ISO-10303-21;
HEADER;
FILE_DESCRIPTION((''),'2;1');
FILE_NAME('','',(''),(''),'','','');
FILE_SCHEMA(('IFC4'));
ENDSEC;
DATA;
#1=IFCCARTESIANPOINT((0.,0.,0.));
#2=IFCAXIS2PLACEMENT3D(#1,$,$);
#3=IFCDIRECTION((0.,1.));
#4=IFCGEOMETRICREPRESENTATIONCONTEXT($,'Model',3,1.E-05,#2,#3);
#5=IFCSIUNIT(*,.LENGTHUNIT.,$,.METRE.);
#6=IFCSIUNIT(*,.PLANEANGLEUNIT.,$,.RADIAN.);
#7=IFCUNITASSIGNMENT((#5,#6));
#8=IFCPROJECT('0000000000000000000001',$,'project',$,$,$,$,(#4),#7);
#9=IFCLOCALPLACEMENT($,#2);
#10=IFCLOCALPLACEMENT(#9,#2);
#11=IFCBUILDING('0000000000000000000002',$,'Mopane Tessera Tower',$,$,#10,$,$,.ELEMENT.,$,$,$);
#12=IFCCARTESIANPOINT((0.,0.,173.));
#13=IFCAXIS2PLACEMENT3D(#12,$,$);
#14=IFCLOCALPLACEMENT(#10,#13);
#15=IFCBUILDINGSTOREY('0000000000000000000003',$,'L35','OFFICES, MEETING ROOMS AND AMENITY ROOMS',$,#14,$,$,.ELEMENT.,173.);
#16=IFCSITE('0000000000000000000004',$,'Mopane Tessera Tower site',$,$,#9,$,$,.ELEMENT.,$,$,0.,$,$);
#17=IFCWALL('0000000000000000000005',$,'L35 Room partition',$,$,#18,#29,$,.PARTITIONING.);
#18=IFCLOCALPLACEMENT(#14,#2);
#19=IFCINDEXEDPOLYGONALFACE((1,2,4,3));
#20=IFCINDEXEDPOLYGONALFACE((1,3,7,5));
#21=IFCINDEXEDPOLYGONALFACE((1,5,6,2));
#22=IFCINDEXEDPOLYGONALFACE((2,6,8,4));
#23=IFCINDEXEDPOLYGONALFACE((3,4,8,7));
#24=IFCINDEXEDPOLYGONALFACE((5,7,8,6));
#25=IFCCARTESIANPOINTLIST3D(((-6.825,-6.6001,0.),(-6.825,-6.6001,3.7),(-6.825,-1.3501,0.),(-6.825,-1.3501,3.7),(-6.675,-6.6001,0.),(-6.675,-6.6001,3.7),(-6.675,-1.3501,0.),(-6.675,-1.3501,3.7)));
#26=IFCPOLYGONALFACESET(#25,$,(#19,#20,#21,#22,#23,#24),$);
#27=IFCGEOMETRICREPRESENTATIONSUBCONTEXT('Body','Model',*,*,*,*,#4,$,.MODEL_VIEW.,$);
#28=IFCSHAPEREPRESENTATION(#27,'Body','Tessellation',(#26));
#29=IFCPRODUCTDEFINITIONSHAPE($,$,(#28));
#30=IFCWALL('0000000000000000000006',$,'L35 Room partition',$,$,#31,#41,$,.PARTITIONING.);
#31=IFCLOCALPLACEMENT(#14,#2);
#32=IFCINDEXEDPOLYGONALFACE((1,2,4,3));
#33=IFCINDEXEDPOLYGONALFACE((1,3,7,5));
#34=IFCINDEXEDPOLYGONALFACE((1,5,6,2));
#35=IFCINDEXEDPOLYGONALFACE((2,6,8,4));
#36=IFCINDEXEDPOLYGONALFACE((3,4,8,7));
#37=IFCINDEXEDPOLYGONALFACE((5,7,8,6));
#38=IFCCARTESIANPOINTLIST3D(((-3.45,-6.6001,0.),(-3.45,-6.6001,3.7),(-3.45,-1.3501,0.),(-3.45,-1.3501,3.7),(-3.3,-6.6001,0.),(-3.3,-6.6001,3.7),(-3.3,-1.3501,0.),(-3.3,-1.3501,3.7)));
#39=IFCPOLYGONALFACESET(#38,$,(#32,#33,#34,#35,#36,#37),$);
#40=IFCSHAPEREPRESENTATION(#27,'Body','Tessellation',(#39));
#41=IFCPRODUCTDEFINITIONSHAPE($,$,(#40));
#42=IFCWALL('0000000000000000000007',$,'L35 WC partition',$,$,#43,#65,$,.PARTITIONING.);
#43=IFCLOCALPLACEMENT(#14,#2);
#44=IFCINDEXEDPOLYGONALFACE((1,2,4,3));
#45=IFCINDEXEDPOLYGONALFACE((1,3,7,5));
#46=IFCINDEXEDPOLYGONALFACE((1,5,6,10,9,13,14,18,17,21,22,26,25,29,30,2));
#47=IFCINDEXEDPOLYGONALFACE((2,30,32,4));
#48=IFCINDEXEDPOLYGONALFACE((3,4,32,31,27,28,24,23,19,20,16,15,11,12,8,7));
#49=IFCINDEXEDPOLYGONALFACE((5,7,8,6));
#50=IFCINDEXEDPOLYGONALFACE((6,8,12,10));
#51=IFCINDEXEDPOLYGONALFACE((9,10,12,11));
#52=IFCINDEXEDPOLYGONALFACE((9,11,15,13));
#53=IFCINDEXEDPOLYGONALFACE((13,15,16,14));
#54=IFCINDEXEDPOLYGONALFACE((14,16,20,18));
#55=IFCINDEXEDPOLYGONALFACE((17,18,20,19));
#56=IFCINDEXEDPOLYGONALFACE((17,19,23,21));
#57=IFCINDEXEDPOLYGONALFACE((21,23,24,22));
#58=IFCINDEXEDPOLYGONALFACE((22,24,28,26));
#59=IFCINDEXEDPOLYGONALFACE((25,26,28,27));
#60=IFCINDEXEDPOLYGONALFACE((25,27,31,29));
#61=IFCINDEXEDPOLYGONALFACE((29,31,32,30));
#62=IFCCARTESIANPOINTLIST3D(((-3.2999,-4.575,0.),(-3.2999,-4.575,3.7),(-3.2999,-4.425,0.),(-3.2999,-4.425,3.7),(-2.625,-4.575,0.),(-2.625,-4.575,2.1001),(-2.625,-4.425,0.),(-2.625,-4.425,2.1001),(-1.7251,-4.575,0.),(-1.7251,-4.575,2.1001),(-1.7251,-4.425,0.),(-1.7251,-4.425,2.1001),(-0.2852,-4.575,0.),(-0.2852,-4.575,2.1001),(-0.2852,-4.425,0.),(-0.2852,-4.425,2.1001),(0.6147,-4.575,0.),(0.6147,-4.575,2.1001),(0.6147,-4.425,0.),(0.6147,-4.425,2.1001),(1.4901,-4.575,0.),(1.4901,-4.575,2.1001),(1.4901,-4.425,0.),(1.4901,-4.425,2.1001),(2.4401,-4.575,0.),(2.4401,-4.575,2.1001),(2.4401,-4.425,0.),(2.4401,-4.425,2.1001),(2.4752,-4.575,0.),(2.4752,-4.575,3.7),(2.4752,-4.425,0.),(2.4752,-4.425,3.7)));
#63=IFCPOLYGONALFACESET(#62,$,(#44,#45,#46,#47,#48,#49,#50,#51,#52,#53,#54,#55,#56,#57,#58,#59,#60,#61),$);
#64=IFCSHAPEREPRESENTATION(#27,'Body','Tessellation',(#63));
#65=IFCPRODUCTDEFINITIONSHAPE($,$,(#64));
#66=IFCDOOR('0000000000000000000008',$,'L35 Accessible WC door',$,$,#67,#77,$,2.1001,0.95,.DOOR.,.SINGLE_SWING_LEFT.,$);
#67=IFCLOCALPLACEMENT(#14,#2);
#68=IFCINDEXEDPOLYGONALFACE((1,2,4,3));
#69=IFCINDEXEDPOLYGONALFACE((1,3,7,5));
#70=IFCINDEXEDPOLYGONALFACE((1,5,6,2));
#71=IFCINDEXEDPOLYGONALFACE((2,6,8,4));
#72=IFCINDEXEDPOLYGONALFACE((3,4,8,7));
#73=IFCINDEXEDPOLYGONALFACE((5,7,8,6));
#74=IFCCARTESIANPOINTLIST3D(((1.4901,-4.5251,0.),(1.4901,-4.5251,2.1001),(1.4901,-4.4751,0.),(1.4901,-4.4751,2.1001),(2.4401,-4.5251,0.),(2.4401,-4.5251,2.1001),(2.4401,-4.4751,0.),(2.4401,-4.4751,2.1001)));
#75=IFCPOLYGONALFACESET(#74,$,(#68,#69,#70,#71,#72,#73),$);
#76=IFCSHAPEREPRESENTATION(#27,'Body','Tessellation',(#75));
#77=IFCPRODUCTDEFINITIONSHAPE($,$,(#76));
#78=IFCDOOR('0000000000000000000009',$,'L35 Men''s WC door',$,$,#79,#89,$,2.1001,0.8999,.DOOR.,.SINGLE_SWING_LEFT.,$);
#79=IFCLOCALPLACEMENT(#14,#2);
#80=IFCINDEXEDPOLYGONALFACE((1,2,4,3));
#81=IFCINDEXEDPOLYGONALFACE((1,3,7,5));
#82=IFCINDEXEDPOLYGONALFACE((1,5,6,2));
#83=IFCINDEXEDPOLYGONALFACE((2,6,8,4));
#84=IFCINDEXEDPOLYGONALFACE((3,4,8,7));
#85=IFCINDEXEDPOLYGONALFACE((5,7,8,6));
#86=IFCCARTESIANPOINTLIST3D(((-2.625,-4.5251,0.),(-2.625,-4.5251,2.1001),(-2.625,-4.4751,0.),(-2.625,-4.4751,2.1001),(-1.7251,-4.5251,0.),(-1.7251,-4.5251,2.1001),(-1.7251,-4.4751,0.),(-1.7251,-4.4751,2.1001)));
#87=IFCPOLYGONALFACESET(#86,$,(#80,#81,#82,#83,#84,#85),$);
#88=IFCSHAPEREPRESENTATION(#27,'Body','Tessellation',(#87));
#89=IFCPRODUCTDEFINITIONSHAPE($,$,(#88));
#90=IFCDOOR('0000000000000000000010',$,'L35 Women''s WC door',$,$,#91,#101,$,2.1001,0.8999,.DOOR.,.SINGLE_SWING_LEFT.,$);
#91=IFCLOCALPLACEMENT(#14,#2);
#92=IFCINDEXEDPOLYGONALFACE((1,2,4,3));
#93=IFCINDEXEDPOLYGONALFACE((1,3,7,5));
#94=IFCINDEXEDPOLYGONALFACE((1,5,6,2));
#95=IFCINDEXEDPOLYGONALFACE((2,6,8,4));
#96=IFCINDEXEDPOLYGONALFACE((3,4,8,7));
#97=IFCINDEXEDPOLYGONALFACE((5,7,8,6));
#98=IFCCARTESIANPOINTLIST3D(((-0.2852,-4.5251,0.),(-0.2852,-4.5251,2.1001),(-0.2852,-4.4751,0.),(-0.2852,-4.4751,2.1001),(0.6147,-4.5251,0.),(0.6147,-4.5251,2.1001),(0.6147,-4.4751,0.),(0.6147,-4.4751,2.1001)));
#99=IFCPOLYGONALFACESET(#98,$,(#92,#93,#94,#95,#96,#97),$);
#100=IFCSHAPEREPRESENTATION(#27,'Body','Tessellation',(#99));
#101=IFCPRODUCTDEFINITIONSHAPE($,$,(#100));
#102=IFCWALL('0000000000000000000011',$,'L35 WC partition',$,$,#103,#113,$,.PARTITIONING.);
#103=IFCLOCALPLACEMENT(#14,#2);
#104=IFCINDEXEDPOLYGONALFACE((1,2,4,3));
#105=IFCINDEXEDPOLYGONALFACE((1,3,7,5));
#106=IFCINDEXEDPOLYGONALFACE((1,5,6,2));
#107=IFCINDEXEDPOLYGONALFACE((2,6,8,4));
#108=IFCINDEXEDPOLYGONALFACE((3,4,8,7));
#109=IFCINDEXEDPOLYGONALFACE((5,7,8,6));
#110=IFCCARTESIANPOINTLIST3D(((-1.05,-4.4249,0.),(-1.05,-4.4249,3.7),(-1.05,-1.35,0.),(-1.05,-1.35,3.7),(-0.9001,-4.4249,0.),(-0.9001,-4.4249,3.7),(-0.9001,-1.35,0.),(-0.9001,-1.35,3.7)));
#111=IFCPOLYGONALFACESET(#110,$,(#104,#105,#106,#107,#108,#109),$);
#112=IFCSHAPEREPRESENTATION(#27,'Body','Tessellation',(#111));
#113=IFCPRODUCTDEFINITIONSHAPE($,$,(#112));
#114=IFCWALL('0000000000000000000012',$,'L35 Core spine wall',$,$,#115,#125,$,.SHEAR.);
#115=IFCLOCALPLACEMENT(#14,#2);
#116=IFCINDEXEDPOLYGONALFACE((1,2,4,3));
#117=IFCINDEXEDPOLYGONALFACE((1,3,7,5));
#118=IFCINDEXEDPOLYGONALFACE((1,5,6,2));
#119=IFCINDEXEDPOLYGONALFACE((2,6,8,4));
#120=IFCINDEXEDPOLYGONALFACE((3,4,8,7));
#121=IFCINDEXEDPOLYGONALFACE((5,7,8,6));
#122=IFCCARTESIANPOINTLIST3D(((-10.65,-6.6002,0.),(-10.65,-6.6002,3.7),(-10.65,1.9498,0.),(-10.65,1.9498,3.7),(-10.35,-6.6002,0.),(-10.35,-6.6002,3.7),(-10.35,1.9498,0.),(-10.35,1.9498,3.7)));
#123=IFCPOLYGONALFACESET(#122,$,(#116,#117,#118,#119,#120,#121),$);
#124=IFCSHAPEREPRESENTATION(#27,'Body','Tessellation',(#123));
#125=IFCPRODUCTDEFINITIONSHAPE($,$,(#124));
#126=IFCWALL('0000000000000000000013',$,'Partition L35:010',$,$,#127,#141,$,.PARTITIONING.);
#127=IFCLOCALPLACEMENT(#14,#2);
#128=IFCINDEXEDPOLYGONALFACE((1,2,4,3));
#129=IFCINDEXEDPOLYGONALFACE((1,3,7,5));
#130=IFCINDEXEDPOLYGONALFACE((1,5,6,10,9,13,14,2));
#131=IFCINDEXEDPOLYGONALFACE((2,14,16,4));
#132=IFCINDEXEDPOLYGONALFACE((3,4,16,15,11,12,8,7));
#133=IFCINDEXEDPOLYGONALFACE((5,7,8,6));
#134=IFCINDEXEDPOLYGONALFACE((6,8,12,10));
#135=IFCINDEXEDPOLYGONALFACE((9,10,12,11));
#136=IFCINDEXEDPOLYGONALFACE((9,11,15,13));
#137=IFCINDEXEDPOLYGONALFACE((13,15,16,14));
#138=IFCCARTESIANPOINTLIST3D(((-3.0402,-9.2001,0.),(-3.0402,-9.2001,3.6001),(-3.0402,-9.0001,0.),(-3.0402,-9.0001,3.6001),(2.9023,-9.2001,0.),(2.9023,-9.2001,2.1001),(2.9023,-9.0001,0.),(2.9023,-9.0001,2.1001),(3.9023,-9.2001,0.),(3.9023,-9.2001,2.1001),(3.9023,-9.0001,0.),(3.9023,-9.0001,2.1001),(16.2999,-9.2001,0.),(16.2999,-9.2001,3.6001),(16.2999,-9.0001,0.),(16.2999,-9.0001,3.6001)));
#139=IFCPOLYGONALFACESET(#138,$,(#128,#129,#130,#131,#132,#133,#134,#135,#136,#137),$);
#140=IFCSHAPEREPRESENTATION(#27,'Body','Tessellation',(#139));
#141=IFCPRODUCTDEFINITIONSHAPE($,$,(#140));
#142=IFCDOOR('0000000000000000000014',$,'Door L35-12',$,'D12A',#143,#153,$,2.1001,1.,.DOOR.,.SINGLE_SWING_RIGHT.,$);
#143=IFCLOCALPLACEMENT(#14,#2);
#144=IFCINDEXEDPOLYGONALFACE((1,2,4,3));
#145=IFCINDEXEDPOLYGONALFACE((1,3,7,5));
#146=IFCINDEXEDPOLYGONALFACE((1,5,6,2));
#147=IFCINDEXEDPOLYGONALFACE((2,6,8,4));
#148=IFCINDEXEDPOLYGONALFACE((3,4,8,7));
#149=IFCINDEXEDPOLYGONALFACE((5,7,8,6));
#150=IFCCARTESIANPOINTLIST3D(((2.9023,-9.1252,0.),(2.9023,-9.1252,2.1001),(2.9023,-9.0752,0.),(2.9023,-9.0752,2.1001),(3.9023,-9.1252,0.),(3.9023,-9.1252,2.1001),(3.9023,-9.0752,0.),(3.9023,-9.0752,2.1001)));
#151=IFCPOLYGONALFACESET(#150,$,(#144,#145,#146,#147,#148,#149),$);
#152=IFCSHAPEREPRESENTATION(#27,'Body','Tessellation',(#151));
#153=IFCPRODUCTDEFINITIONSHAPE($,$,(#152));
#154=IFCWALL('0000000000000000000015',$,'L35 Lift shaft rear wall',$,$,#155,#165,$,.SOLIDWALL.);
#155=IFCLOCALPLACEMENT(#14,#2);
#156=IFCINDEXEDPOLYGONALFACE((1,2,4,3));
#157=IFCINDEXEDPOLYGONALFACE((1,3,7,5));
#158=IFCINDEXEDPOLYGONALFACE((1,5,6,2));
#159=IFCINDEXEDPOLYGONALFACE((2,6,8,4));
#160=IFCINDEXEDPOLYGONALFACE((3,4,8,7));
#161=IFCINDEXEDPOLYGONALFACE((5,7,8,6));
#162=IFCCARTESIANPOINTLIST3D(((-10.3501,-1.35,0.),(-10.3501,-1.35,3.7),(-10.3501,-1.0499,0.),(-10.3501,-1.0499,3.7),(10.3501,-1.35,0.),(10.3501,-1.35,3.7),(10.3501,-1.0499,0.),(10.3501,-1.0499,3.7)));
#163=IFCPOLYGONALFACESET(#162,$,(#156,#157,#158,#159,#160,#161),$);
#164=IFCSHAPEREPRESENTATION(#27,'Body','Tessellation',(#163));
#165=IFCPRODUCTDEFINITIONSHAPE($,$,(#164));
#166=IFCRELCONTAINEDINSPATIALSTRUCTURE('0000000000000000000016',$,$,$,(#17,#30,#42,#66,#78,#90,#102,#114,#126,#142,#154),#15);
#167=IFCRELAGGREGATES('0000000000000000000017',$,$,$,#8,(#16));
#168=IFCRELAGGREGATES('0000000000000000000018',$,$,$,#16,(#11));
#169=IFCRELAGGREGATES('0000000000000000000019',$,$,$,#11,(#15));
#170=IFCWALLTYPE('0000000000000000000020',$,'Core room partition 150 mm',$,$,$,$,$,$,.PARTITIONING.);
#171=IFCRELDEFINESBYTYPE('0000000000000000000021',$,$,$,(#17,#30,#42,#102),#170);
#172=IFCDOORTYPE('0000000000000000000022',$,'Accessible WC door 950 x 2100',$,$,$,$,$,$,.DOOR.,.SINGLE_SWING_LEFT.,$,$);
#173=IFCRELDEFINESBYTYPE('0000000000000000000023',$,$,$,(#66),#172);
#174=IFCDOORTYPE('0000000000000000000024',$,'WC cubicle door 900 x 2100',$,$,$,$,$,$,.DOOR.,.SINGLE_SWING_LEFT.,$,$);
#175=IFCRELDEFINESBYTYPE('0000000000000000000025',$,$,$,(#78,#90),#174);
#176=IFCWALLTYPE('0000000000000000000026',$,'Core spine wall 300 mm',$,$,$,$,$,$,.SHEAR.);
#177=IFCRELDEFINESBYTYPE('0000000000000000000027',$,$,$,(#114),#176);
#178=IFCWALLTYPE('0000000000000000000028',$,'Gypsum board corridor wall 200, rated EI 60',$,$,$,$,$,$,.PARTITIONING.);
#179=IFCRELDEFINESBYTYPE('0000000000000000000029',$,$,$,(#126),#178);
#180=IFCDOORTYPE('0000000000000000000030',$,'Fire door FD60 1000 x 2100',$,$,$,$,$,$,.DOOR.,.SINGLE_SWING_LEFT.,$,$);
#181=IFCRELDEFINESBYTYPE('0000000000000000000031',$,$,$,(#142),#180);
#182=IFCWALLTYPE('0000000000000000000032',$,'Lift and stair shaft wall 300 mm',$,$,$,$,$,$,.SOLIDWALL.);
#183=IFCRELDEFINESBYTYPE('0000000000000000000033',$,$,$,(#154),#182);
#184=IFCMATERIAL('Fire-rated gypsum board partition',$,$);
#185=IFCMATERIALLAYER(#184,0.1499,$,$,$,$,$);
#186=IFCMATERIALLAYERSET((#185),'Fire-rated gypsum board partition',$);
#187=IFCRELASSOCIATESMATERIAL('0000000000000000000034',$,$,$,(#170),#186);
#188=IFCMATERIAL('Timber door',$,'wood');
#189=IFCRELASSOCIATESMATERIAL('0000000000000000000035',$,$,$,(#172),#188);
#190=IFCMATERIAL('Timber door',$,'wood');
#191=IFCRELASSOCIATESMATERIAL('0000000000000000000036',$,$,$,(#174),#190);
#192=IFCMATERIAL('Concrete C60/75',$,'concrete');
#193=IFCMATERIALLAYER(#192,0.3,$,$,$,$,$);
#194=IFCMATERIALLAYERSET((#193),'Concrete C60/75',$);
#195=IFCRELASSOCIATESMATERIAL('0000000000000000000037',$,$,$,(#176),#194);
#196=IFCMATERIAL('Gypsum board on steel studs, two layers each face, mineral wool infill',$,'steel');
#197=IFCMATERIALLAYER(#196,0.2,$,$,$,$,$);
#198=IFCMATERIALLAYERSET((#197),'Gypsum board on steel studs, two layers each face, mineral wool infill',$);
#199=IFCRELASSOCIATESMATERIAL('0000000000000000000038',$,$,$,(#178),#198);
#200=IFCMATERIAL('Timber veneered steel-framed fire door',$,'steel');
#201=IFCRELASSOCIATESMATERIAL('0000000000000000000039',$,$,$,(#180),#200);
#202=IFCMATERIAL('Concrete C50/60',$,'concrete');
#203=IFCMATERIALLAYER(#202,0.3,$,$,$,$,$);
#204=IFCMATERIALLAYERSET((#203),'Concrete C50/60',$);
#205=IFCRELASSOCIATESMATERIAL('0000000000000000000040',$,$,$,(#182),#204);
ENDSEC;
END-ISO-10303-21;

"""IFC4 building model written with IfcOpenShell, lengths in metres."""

from ifc_helpers import new_model, si_unit, direction, frame, frame_2d, origin, place, context, subcontext, project, spatial, rectangle, extrude, material, layer, layer_set, type_object, element, fill, save


model = new_model("IFC4")

# Units and contexts
model_context = context("Model", 3, precision=1e-05, world=origin(), true_north=direction((0.0, 1.0)))
body_context = subcontext(model_context, "Body", "Model", "MODEL_VIEW")
ifc_project = project(units=[si_unit("LENGTHUNIT", "METRE"), si_unit("PLANEANGLEUNIT", "RADIAN")], contexts=[model_context])

# Site, building, storey
site_placement = place(None, origin())
site = spatial("IfcSite", under=ifc_project, at=site_placement, Name="Mopane Tessera Tower site", CompositionType="ELEMENT", RefElevation=0.0)
building_placement = place(site_placement, origin())
building = spatial("IfcBuilding", under=site, at=building_placement, Name="Mopane Tessera Tower", CompositionType="ELEMENT")
storey_placement = place(building_placement, frame((0.0, 0.0, 173.0)))
storey = spatial("IfcBuildingStorey", under=building, at=storey_placement, Name="L35", Description="OFFICES, MEETING ROOMS AND AMENITY ROOMS", CompositionType="ELEMENT", Elevation=173.0)

# Walls
ifc_material_1 = material(Name="Fire-rated gypsum board partition")
ifc_layer_1 = layer(ifc_material_1, 0.1499)
ifc_layer_set_1 = layer_set([ifc_layer_1], Name="Fire-rated gypsum board partition")
wall_type_1 = type_object("IfcWallType", Name="Core room partition 150 mm", PredefinedType="PARTITIONING", material=ifc_layer_set_1)
for number, where, z_axis, x_axis, name in (
    (1, (-6.75, -6.6001, 0.0), (0.0, 0.0, 1.0), (0.0, 1.0, 0.0), "L35 Room partition"),
    (2, (-3.375, -6.6001, 0.0), (0.0, 0.0, 1.0), (0.0, 1.0, 0.0), "L35 Room partition"),
):
    element("IfcWall", number, at=place(storey_placement, frame(where, z_axis=z_axis, x_axis=x_axis)), inside=storey, type_object=wall_type_1, Name=name, PredefinedType="PARTITIONING", context=body_context, shape_type="SweptSolid", body=[
        extrude(rectangle(XDim=5.25, YDim=0.1499, at=frame_2d((2.625, 0.0))), origin(), (0.0, 0.0, 1.0), 3.7),
    ])

# Wall, openings, doors
wall_1_placement = place(storey_placement, frame((-3.3, -4.5, 0.0), z_axis=(0.0, 0.0, 1.0), x_axis=(1.0, 0.0, 0.0)))
wall_1 = element("IfcWall", 3, at=wall_1_placement, inside=storey, type_object=wall_type_1, Name="L35 WC partition", PredefinedType="PARTITIONING", context=body_context, shape_type="SweptSolid", body=[
    extrude(rectangle(XDim=5.7751, YDim=0.1499, at=frame_2d((2.8877, 0.0))), origin(), (0.0, 0.0, 1.0), 3.7),
])
opening_1_placement = place(wall_1_placement, frame((0.675, 0.0, 0.0)))
opening_1 = element("IfcOpeningElement", 4, at=opening_1_placement, cuts=wall_1, PredefinedType="OPENING", context=body_context, shape_type="SweptSolid", body=[
    extrude(rectangle(XDim=0.8999, YDim=2.1001, at=frame_2d((0.45, 1.05))), frame((0.0, 0.0869, 0.0), z_axis=(0.0, -1.0, 0.0), x_axis=(1.0, 0.0, 0.0)), (0.0, 0.0, 1.0), 0.1738),
])
opening_2_placement = place(wall_1_placement, frame((3.0149, 0.0, 0.0)))
opening_2 = element("IfcOpeningElement", 5, at=opening_2_placement, cuts=wall_1, PredefinedType="OPENING", context=body_context, shape_type="SweptSolid", body=[
    extrude(rectangle(XDim=0.8999, YDim=2.1001, at=frame_2d((0.45, 1.05))), frame((0.0, 0.0869, 0.0), z_axis=(0.0, -1.0, 0.0), x_axis=(1.0, 0.0, 0.0)), (0.0, 0.0, 1.0), 0.1738),
])
opening_3_placement = place(wall_1_placement, frame((4.79, 0.0, 0.0)))
opening_3 = element("IfcOpeningElement", 6, at=opening_3_placement, cuts=wall_1, PredefinedType="OPENING", context=body_context, shape_type="SweptSolid", body=[
    extrude(rectangle(XDim=0.95, YDim=2.1001, at=frame_2d((0.4751, 1.05))), frame((0.0, 0.0869, 0.0), z_axis=(0.0, -1.0, 0.0), x_axis=(1.0, 0.0, 0.0)), (0.0, 0.0, 1.0), 0.1738),
])
ifc_material_2 = material(Name="Timber door", Category="wood")
door_type_1 = type_object("IfcDoorType", Name="Accessible WC door 950 x 2100", OperationType="SINGLE_SWING_LEFT", PredefinedType="DOOR", material=ifc_material_2)
door_1_placement = place(opening_3_placement, origin())
door_1 = element("IfcDoor", 7, at=door_1_placement, inside=storey, type_object=door_type_1, Name="L35 Accessible WC door", OperationType="SINGLE_SWING_LEFT", OverallHeight=2.1001, OverallWidth=0.95, PredefinedType="DOOR", context=body_context, shape_type="SweptSolid", body=[
    extrude(rectangle(XDim=0.95, YDim=2.1001, at=frame_2d((0.4751, 1.05))), frame((0.0, 0.0249, 0.0), z_axis=(0.0, -1.0, 0.0), x_axis=(1.0, 0.0, 0.0)), (0.0, 0.0, 1.0), 0.05),
])
fill(opening_3, door_1)
ifc_material_3 = material(Name="Timber door", Category="wood")
door_type_2 = type_object("IfcDoorType", Name="WC cubicle door 900 x 2100", OperationType="SINGLE_SWING_LEFT", PredefinedType="DOOR", material=ifc_material_3)
door_2_placement = place(opening_1_placement, origin())
door_2 = element("IfcDoor", 8, at=door_2_placement, inside=storey, type_object=door_type_2, Name="L35 Men's WC door", OperationType="SINGLE_SWING_LEFT", OverallHeight=2.1001, OverallWidth=0.8999, PredefinedType="DOOR", context=body_context, shape_type="SweptSolid", body=[
    extrude(rectangle(XDim=0.8999, YDim=2.1001, at=frame_2d((0.45, 1.05))), frame((0.0, 0.0249, 0.0), z_axis=(0.0, -1.0, 0.0), x_axis=(1.0, 0.0, 0.0)), (0.0, 0.0, 1.0), 0.05),
])
fill(opening_1, door_2)
door_3_placement = place(opening_2_placement, origin())
door_3 = element("IfcDoor", 9, at=door_3_placement, inside=storey, type_object=door_type_2, Name="L35 Women's WC door", OperationType="SINGLE_SWING_LEFT", OverallHeight=2.1001, OverallWidth=0.8999, PredefinedType="DOOR", context=body_context, shape_type="SweptSolid", body=[
    extrude(rectangle(XDim=0.8999, YDim=2.1001, at=frame_2d((0.45, 1.05))), frame((0.0, 0.0249, 0.0), z_axis=(0.0, -1.0, 0.0), x_axis=(1.0, 0.0, 0.0)), (0.0, 0.0, 1.0), 0.05),
])
fill(opening_2, door_3)

# Walls
wall_2_placement = place(storey_placement, frame((-0.9751, -4.425, 0.0), z_axis=(0.0, 0.0, 1.0), x_axis=(0.0, 1.0, 0.0)))
element("IfcWall", 10, at=wall_2_placement, inside=storey, type_object=wall_type_1, Name="L35 WC partition", PredefinedType="PARTITIONING", context=body_context, shape_type="SweptSolid", body=[
    extrude(rectangle(XDim=3.075, YDim=0.1499, at=frame_2d((1.5376, 0.0))), origin(), (0.0, 0.0, 1.0), 3.7),
])
ifc_material_4 = material(Name="Concrete C60/75", Category="concrete")
ifc_layer_2 = layer(ifc_material_4, 0.3)
ifc_layer_set_2 = layer_set([ifc_layer_2], Name="Concrete C60/75")
wall_type_2 = type_object("IfcWallType", Name="Core spine wall 300 mm", PredefinedType="SHEAR", material=ifc_layer_set_2)
wall_3_placement = place(storey_placement, frame((-10.5, -6.6001, 0.0), z_axis=(0.0, 0.0, 1.0), x_axis=(0.0, 1.0, 0.0)))
element("IfcWall", 11, at=wall_3_placement, inside=storey, type_object=wall_type_2, Name="L35 Core spine wall", PredefinedType="SHEAR", context=body_context, shape_type="SweptSolid", body=[
    extrude(rectangle(XDim=8.55, YDim=0.3, at=frame_2d((4.2749, 0.0))), origin(), (0.0, 0.0, 1.0), 3.7),
])

# Wall, opening, door
ifc_material_5 = material(Name="Gypsum board on steel studs, two layers each face, mineral wool infill", Category="steel")
ifc_layer_3 = layer(ifc_material_5, 0.2)
ifc_layer_set_3 = layer_set([ifc_layer_3], Name="Gypsum board on steel studs, two layers each face, mineral wool infill")
wall_type_3 = type_object("IfcWallType", Name="Gypsum board corridor wall 200, rated EI 60", PredefinedType="PARTITIONING", material=ifc_layer_set_3)
wall_4_placement = place(storey_placement, frame((-3.04, -9.1001, 0.0), z_axis=(0.0, 0.0, 1.0), x_axis=(1.0, 0.0, 0.0)))
wall_4 = element("IfcWall", 12, at=wall_4_placement, inside=storey, type_object=wall_type_3, Name="Partition L35:010", PredefinedType="PARTITIONING", context=body_context, shape_type="SweptSolid", body=[
    extrude(rectangle(XDim=19.3401, YDim=0.2, at=frame_2d((9.6699, 0.0))), origin(), (0.0, 0.0, 1.0), 3.6001),
])
opening_4_placement = place(wall_4_placement, frame((5.9424, 0.0, 0.0)))
opening_4 = element("IfcOpeningElement", 13, at=opening_4_placement, cuts=wall_4, PredefinedType="OPENING", context=body_context, shape_type="SweptSolid", body=[
    extrude(rectangle(XDim=1.0, YDim=2.1001, at=frame_2d((0.5, 1.05))), frame((0.0, 0.1121, 0.0), z_axis=(0.0, -1.0, 0.0), x_axis=(1.0, 0.0, 0.0)), (0.0, 0.0, 1.0), 0.2239),
])
ifc_material_6 = material(Name="Timber veneered steel-framed fire door", Category="steel")
door_type_3 = type_object("IfcDoorType", Name="Fire door FD60 1000 x 2100", OperationType="SINGLE_SWING_LEFT", PredefinedType="DOOR", material=ifc_material_6)
door_4_placement = place(opening_4_placement, origin())
door_4 = element("IfcDoor", 14, at=door_4_placement, inside=storey, type_object=door_type_3, Name="Door L35-12", ObjectType="D12A", OperationType="SINGLE_SWING_RIGHT", OverallHeight=2.1001, OverallWidth=1.0, PredefinedType="DOOR", context=body_context, shape_type="SweptSolid", body=[
    extrude(rectangle(XDim=1.0, YDim=2.1001, at=frame_2d((0.5, 1.05))), frame((0.0, 0.0249, 0.0), z_axis=(0.0, -1.0, 0.0), x_axis=(1.0, 0.0, 0.0)), (0.0, 0.0, 1.0), 0.05),
])
fill(opening_4, door_4)

# Wall
ifc_material_7 = material(Name="Concrete C50/60", Category="concrete")
ifc_layer_4 = layer(ifc_material_7, 0.3)
ifc_layer_set_4 = layer_set([ifc_layer_4], Name="Concrete C50/60")
wall_type_4 = type_object("IfcWallType", Name="Lift and stair shaft wall 300 mm", PredefinedType="SOLIDWALL", material=ifc_layer_set_4)
wall_5_placement = place(storey_placement, frame((-10.3501, -1.2, 0.0), z_axis=(0.0, 0.0, 1.0), x_axis=(1.0, 0.0, 0.0)))
element("IfcWall", 15, at=wall_5_placement, inside=storey, type_object=wall_type_4, Name="L35 Lift shaft rear wall", PredefinedType="SOLIDWALL", context=body_context, shape_type="SweptSolid", body=[
    extrude(rectangle(XDim=20.7002, YDim=0.3, at=frame_2d((10.3501, 0.0))), origin(), (0.0, 0.0, 1.0), 3.7),
])

save(model, "model.ifc")
